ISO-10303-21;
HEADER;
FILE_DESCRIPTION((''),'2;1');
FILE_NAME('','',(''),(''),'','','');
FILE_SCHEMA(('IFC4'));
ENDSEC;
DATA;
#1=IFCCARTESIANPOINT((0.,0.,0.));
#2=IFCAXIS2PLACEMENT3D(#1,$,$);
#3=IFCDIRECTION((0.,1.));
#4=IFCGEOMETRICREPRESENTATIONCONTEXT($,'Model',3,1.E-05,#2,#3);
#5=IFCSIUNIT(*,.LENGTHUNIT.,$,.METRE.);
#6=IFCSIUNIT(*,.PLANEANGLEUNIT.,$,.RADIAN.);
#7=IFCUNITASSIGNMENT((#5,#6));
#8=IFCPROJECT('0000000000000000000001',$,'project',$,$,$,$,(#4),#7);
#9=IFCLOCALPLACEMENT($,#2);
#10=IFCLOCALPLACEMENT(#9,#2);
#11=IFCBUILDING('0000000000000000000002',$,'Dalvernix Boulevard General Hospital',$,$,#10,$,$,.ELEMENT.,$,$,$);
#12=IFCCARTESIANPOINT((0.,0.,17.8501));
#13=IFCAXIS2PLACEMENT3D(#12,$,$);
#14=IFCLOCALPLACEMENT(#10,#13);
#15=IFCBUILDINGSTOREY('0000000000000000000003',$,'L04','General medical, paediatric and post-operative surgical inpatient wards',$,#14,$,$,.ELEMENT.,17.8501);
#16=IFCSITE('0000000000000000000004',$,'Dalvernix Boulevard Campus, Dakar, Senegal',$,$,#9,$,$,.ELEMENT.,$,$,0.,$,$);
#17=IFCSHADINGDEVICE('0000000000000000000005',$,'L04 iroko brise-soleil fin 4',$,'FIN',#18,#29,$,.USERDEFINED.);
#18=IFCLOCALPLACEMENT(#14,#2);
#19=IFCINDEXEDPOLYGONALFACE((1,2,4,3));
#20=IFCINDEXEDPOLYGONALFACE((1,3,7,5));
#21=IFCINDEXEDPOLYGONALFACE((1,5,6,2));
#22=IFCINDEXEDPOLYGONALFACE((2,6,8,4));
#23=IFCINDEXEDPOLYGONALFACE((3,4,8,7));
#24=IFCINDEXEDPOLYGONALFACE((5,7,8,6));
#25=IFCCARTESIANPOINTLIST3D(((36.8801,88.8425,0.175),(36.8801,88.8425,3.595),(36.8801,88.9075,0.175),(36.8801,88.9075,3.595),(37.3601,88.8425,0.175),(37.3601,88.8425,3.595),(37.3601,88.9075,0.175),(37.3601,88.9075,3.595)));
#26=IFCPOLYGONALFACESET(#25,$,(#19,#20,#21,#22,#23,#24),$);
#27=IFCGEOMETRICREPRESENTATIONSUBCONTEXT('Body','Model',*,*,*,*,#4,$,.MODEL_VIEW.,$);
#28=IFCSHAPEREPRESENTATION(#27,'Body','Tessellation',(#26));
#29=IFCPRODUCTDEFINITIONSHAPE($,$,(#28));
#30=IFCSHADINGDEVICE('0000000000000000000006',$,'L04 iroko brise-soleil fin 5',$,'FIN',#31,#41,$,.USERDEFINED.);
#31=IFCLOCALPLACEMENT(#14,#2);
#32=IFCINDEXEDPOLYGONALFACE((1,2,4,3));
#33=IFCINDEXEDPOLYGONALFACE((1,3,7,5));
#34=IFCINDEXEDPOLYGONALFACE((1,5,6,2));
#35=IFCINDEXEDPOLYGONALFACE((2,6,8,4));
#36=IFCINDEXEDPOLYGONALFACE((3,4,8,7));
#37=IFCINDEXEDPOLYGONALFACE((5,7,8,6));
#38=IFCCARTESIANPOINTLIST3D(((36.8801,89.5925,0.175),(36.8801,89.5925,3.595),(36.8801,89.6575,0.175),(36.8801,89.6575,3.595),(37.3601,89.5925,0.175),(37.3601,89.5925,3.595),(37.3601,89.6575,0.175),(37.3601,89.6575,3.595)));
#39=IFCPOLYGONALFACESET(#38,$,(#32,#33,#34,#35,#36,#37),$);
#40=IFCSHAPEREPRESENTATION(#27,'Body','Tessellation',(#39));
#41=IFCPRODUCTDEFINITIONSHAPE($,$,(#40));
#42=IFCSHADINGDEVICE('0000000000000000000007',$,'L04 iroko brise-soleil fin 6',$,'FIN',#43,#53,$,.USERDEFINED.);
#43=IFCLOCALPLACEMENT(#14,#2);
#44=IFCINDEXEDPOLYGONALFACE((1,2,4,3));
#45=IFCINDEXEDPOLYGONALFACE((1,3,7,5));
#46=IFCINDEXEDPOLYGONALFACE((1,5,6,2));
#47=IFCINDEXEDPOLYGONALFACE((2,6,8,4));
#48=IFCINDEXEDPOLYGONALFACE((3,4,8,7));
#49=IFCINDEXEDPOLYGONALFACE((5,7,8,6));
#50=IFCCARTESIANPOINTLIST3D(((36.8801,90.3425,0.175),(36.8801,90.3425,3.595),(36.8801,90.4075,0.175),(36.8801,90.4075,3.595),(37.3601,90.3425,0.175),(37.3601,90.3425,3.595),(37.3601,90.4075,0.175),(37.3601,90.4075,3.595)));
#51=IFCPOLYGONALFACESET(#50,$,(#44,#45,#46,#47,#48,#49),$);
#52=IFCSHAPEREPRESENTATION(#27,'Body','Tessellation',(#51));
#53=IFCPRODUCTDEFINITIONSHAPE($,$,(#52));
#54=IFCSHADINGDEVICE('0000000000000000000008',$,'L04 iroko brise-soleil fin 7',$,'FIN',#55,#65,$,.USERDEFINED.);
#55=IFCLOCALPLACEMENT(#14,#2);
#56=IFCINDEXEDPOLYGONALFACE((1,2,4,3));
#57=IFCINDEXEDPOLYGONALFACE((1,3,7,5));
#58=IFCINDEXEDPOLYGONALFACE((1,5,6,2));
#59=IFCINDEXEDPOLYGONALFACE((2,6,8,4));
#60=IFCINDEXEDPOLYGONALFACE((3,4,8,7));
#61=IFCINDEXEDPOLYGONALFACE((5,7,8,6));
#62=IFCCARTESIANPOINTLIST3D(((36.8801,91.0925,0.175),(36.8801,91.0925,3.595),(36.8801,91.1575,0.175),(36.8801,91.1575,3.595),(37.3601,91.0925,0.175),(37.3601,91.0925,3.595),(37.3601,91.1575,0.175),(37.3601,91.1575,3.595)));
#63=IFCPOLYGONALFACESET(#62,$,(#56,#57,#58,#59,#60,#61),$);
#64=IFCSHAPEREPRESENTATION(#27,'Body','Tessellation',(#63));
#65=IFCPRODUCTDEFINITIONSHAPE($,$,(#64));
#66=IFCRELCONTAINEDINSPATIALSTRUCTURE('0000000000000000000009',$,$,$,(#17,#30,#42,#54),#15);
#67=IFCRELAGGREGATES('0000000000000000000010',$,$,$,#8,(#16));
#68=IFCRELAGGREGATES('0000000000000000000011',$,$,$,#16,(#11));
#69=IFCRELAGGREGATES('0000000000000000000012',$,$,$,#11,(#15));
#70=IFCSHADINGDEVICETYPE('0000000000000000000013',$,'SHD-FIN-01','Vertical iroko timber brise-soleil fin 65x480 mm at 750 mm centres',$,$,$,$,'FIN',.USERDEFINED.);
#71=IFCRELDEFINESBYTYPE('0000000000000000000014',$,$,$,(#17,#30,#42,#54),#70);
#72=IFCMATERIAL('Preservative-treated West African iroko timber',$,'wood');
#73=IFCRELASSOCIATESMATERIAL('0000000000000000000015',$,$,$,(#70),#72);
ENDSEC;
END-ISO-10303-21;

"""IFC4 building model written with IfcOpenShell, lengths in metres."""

from ifc_helpers import new_model, si_unit, direction, frame, origin, origin_2d, place, context, subcontext, project, spatial, rectangle, extrude, material, type_object, element, save


model = new_model("IFC4")

# Units and contexts
model_context = context("Model", 3, precision=1e-05, world=origin(), true_north=direction((0.0, 1.0)))
body_context = subcontext(model_context, "Body", "Model", "MODEL_VIEW")
ifc_project = project(units=[si_unit("LENGTHUNIT", "METRE"), si_unit("PLANEANGLEUNIT", "RADIAN")], contexts=[model_context])

# Site, building, storey
site_placement = place(None, origin())
site = spatial("IfcSite", under=ifc_project, at=site_placement, Name="Dalvernix Boulevard Campus, Dakar, Senegal", CompositionType="ELEMENT", RefElevation=0.0)
building_placement = place(site_placement, origin())
building = spatial("IfcBuilding", under=site, at=building_placement, Name="Dalvernix Boulevard General Hospital", CompositionType="ELEMENT")
storey_placement = place(building_placement, frame((0.0, 0.0, 17.8501)))
storey = spatial("IfcBuildingStorey", under=building, at=storey_placement, Name="L04", Description="General medical, paediatric and post-operative surgical inpatient wards", CompositionType="ELEMENT", Elevation=17.8501)

# Shading devices
ifc_material_1 = material(Name="Preservative-treated West African iroko timber", Category="wood")
shading_device_type = type_object("IfcShadingDeviceType", Name="SHD-FIN-01", Description="Vertical iroko timber brise-soleil fin 65x480 mm at 750 mm centres", ElementType="FIN", PredefinedType="USERDEFINED", material=ifc_material_1)
for number, where, z_axis, x_axis, name in (
    (1, (37.1201, 88.875, 0.175), (0.0, 0.0, 1.0), (0.0, 1.0, 0.0), "L04 iroko brise-soleil fin 4"),
    (2, (37.1201, 89.625, 0.175), (0.0, 0.0, 1.0), (0.0, 1.0, 0.0), "L04 iroko brise-soleil fin 5"),
    (3, (37.1201, 90.375, 0.175), (0.0, 0.0, 1.0), (0.0, 1.0, 0.0), "L04 iroko brise-soleil fin 6"),
    (4, (37.1201, 91.125, 0.175), (0.0, 0.0, 1.0), (0.0, 1.0, 0.0), "L04 iroko brise-soleil fin 7"),
):
    element("IfcShadingDevice", number, at=place(storey_placement, frame(where, z_axis=z_axis, x_axis=x_axis)), inside=storey, type_object=shading_device_type, Name=name, ObjectType="FIN", PredefinedType="USERDEFINED", context=body_context, shape_type="SweptSolid", body=[
        extrude(rectangle(XDim=0.0649, YDim=0.48, at=origin_2d()), origin(), (0.0, 0.0, 1.0), 3.4199),
    ])

save(model, "model.ifc")
